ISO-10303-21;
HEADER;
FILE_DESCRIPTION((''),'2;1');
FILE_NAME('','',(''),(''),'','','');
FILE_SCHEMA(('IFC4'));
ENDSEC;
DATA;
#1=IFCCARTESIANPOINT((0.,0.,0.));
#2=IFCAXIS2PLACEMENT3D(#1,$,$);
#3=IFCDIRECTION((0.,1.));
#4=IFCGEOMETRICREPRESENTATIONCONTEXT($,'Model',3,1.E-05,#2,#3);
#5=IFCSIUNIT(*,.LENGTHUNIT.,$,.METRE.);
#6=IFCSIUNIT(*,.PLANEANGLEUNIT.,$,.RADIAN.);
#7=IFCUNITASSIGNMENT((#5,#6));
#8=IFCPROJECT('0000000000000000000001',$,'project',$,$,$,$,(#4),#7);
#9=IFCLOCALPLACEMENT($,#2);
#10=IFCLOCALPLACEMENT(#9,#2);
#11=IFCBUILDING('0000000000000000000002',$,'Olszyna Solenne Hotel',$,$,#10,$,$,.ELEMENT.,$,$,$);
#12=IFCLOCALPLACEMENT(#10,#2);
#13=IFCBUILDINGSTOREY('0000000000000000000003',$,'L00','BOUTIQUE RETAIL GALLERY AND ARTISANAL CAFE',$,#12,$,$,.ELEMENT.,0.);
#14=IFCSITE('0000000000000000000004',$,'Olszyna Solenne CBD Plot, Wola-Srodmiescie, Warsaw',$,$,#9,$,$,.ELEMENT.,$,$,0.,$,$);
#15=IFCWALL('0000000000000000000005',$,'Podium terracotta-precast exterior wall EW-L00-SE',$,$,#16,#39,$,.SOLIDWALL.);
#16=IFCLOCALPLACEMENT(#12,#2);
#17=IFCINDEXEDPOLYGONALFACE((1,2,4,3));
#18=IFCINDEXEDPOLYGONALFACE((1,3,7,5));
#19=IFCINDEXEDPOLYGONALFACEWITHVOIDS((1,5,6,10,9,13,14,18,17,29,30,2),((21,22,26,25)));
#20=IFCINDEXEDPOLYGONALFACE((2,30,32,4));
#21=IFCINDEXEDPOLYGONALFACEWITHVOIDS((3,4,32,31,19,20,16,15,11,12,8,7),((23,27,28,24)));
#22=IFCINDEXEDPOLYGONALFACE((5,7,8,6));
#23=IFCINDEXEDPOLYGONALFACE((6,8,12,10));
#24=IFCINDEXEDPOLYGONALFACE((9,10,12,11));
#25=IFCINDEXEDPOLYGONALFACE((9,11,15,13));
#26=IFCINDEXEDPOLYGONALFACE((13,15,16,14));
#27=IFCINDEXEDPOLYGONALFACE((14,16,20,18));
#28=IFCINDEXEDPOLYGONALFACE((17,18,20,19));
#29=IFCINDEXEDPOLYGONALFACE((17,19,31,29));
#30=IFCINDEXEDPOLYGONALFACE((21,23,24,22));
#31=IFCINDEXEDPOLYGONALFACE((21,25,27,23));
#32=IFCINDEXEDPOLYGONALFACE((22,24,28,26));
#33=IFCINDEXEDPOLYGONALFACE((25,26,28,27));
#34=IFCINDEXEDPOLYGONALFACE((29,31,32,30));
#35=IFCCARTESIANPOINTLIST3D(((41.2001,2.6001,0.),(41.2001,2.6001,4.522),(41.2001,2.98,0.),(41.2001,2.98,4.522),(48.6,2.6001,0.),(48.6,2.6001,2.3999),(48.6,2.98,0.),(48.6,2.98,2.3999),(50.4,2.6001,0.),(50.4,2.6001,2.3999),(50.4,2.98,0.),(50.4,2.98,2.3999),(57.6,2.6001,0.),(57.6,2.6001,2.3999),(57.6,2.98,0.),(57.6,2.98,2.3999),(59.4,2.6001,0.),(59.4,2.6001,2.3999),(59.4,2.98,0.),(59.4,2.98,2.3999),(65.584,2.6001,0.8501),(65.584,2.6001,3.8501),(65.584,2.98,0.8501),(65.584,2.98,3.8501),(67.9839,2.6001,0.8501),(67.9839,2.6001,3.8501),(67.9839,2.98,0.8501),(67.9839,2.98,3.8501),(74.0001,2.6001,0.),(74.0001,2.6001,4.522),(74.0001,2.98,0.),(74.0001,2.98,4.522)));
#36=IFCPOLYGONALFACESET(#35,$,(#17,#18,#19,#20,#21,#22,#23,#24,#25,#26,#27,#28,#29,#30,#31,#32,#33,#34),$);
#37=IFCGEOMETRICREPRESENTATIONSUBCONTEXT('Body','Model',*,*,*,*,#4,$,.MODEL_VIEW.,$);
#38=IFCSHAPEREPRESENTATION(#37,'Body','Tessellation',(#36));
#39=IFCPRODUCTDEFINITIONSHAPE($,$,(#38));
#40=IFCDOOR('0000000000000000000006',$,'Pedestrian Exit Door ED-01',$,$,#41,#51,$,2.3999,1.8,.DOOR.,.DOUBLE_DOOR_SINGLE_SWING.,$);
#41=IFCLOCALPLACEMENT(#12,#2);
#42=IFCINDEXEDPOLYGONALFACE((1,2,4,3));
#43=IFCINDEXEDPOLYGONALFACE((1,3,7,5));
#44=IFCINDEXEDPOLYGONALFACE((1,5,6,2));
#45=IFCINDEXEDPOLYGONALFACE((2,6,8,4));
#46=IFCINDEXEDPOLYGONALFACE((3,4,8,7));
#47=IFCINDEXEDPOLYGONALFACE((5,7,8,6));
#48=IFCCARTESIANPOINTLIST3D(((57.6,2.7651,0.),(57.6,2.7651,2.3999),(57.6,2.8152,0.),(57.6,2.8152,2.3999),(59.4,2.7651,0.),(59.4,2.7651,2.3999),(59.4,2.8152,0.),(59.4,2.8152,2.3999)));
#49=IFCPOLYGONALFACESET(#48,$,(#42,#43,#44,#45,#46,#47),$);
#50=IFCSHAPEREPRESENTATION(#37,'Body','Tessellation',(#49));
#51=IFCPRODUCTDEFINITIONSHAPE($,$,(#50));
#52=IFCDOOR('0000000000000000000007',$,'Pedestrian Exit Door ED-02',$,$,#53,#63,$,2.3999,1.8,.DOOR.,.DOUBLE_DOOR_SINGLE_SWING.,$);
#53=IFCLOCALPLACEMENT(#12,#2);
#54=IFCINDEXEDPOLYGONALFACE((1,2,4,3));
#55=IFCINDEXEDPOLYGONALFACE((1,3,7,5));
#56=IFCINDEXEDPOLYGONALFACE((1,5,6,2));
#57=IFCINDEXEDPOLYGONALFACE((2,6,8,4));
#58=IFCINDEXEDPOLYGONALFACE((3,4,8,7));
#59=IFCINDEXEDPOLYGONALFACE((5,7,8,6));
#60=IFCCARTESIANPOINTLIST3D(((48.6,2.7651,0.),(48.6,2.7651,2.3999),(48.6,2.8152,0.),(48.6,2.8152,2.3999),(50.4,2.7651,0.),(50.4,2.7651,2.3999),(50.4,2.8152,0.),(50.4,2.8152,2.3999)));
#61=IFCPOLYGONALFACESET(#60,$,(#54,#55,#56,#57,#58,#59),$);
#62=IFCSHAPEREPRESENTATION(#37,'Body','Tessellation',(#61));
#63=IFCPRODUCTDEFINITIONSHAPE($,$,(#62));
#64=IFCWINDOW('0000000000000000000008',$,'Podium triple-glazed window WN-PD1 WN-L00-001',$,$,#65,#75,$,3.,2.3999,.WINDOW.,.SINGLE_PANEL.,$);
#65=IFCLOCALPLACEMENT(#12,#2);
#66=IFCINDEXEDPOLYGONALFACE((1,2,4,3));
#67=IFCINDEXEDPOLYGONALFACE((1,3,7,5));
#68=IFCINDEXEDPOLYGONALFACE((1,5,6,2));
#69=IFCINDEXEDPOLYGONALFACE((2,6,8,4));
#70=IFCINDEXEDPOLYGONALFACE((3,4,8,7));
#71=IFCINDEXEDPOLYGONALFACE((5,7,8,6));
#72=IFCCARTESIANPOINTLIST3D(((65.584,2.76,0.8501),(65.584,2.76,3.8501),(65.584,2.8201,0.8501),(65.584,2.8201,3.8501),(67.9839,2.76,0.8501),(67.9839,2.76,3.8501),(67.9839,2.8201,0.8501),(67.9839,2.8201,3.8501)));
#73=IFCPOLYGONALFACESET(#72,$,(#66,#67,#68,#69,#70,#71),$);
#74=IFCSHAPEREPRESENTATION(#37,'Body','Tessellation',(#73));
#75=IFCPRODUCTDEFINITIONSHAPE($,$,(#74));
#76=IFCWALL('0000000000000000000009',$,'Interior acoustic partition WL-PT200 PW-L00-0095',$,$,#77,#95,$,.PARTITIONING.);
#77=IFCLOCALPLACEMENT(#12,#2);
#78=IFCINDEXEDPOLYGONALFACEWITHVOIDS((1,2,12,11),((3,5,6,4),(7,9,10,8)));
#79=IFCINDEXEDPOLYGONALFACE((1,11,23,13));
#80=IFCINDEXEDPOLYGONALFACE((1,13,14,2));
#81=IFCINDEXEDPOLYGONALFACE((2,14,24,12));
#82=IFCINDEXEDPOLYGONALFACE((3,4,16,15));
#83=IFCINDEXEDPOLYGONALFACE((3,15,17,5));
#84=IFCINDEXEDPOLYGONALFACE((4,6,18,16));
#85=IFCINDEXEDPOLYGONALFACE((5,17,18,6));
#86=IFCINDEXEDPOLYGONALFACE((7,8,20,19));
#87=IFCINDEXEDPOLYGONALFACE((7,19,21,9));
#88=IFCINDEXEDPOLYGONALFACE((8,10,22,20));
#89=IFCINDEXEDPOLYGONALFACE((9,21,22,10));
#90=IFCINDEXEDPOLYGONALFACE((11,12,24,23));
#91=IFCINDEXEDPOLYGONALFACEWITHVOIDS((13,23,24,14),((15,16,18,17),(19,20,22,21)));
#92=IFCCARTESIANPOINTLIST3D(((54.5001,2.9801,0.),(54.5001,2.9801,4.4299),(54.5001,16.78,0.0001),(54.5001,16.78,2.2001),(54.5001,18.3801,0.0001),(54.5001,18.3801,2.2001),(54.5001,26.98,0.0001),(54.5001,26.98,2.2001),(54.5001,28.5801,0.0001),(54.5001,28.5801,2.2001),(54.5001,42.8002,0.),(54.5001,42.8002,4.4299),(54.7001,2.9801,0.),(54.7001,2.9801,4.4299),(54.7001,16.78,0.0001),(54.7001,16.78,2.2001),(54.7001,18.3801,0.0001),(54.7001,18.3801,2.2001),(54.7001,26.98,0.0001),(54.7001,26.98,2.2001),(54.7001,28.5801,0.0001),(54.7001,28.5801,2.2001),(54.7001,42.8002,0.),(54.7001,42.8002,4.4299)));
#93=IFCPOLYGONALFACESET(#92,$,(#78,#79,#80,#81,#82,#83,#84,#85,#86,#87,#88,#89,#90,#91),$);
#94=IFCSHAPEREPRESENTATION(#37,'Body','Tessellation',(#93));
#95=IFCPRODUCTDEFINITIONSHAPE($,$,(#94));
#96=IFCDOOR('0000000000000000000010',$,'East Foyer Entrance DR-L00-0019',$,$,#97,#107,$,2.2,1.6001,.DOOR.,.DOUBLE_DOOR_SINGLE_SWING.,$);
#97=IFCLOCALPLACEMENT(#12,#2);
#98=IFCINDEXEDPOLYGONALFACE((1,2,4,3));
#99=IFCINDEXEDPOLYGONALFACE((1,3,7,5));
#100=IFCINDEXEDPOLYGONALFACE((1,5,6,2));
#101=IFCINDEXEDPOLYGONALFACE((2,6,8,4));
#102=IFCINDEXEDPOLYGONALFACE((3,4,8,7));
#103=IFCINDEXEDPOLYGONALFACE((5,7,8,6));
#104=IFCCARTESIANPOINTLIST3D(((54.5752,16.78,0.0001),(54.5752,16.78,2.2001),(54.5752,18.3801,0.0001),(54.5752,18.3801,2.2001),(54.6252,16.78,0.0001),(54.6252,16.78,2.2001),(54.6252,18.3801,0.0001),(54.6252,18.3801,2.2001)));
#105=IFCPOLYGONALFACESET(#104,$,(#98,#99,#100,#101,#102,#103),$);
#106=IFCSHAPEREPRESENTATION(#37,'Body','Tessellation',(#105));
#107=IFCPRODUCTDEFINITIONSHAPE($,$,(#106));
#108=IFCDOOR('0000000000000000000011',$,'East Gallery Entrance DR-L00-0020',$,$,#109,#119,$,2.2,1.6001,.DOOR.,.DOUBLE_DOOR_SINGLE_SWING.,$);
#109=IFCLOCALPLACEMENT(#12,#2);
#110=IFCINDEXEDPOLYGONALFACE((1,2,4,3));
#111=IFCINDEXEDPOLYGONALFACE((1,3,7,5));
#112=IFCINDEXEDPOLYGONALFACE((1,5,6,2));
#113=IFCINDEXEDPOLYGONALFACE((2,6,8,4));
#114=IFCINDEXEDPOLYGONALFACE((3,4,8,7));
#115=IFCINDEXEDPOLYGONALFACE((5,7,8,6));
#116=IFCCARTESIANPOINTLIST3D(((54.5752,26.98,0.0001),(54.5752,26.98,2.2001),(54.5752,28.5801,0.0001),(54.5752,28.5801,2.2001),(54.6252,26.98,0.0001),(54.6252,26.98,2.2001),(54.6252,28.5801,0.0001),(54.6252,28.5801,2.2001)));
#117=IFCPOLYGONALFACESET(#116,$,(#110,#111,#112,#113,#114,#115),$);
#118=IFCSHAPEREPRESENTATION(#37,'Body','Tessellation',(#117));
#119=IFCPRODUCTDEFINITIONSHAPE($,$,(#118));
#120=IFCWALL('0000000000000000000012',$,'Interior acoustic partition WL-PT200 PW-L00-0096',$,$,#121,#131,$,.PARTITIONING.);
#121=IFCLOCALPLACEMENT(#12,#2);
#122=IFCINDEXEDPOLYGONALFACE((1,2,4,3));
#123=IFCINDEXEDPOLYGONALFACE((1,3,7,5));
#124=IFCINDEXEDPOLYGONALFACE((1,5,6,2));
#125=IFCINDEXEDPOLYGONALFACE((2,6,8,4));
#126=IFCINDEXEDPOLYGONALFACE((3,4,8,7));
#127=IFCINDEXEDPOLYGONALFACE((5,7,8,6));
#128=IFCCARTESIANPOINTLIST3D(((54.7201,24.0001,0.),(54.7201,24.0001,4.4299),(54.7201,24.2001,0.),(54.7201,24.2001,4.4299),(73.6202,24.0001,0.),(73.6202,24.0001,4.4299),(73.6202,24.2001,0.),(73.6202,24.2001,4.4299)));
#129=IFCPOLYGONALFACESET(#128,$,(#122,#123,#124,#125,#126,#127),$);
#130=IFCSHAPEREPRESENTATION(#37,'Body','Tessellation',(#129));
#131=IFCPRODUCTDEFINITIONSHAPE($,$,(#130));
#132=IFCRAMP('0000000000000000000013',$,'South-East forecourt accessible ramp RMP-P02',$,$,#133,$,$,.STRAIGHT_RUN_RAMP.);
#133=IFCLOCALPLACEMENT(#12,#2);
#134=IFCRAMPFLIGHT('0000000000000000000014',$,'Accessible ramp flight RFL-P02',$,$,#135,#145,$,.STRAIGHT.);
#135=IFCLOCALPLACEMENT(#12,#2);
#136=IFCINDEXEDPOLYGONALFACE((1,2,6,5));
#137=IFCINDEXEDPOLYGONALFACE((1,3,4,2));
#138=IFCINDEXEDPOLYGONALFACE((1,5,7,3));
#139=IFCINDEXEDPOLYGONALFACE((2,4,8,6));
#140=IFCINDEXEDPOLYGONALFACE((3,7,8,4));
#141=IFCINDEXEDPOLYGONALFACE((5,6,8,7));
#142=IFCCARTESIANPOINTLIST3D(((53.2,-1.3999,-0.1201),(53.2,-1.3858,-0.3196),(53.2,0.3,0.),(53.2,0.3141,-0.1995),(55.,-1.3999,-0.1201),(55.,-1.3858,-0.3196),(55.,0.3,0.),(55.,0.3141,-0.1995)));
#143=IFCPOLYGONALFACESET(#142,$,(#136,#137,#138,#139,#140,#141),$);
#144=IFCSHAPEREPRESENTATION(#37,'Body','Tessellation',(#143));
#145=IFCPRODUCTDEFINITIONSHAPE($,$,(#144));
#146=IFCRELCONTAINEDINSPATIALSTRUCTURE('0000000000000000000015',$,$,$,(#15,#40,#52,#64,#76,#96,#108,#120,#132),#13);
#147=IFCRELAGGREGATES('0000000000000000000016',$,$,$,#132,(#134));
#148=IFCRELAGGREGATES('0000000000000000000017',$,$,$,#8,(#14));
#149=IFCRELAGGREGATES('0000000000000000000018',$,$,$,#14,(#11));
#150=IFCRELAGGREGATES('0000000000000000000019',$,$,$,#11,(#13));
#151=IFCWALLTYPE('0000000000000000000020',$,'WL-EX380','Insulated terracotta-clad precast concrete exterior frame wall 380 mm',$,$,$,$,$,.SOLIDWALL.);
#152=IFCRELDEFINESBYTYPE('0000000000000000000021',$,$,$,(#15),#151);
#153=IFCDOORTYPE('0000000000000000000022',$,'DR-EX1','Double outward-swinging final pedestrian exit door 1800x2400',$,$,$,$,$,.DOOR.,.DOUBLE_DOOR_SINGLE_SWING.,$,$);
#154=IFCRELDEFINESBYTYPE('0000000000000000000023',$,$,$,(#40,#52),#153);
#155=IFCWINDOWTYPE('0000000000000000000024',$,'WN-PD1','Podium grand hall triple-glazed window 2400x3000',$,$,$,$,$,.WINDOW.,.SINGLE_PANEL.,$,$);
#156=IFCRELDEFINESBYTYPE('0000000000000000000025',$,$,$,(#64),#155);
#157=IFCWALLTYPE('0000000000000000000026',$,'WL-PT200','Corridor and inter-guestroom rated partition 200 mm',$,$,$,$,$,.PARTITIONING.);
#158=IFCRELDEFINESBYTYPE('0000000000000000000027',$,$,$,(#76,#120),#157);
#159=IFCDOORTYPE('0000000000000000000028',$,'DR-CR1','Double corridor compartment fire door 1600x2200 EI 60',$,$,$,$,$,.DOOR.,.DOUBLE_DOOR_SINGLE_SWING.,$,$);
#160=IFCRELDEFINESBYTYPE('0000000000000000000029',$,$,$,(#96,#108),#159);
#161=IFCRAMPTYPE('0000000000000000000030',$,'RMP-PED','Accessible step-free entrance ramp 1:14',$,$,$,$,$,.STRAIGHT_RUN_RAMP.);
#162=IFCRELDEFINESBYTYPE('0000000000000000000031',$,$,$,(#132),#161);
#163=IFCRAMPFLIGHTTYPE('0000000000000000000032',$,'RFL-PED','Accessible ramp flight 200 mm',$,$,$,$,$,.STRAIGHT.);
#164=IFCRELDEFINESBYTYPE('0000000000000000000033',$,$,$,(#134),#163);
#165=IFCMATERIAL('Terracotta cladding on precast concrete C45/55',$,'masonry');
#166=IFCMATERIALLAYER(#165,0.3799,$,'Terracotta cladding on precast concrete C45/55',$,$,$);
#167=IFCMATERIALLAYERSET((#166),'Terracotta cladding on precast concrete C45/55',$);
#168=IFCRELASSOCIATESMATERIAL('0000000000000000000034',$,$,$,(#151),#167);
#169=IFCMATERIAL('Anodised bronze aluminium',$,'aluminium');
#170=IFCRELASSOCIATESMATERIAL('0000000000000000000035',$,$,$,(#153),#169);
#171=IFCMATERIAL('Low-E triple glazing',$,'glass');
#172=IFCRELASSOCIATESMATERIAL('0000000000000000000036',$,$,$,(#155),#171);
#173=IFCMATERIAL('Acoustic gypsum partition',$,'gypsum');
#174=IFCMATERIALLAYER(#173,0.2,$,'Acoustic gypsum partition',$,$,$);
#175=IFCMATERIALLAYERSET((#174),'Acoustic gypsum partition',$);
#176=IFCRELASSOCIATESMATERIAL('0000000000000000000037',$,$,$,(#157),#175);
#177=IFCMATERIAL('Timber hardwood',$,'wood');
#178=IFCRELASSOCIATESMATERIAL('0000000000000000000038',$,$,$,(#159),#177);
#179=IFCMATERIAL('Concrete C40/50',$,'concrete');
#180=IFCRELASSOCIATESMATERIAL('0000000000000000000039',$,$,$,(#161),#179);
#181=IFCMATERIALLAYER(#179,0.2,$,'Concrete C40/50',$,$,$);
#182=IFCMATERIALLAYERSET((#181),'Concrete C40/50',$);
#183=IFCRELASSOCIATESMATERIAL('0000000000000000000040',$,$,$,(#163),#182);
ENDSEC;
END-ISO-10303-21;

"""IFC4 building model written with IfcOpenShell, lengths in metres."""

from ifc_helpers import new_model, si_unit, direction, frame, frame_2d, origin, place, context, subcontext, project, spatial, polyline, rectangle, outline, extrude, source, transform, mapped, material, layer, layer_set, type_object, type_shapes, element, fill, aggregate, save


model = new_model("IFC4")

# Units and contexts
model_context = context("Model", 3, precision=1e-05, world=origin(), true_north=direction((0.0, 1.0)))
body_context = subcontext(model_context, "Body", "Model", "MODEL_VIEW")
ifc_project = project(units=[si_unit("LENGTHUNIT", "METRE"), si_unit("PLANEANGLEUNIT", "RADIAN")], contexts=[model_context])

# Site, building, storey
site_placement = place(None, origin())
site = spatial("IfcSite", under=ifc_project, at=site_placement, Name="Olszyna Solenne CBD Plot, Wola-Srodmiescie, Warsaw", CompositionType="ELEMENT", RefElevation=0.0)
building_placement = place(site_placement, origin())
building = spatial("IfcBuilding", under=site, at=building_placement, Name="Olszyna Solenne Hotel", CompositionType="ELEMENT")
storey_placement = place(building_placement, origin())
storey = spatial("IfcBuildingStorey", under=building, at=storey_placement, Name="L00", Description="BOUTIQUE RETAIL GALLERY AND ARTISANAL CAFE", CompositionType="ELEMENT", Elevation=0.0)

# Wall, openings, doors, window
ifc_material_1 = material(Name="Terracotta cladding on precast concrete C45/55", Category="masonry")
ifc_layer_1 = layer(ifc_material_1, 0.3799, Name="Terracotta cladding on precast concrete C45/55")
ifc_layer_set_1 = layer_set([ifc_layer_1], Name="Terracotta cladding on precast concrete C45/55")
wall_type_1 = type_object("IfcWallType", Name="WL-EX380", Description="Insulated terracotta-clad precast concrete exterior frame wall 380 mm", PredefinedType="SOLIDWALL", material=ifc_layer_set_1)
wall_1_placement = place(storey_placement, frame((74.0, 2.79, 0.0), z_axis=(0.0, 0.0, 1.0), x_axis=(-1.0, 0.0, 0.0)))
wall_1 = element("IfcWall", 1, at=wall_1_placement, inside=storey, type_object=wall_type_1, Name="Podium terracotta-precast exterior wall EW-L00-SE", PredefinedType="SOLIDWALL", context=body_context, shape_type="SweptSolid", body=[
    extrude(rectangle(XDim=32.8, YDim=0.3799, at=frame_2d((16.3999, 0.0))), origin(), (0.0, 0.0, 1.0), 4.522),
])
opening_1_placement = place(wall_1_placement, frame((14.6001, 0.0, 0.0)))
opening_1 = element("IfcOpeningElement", 2, at=opening_1_placement, cuts=wall_1, PredefinedType="OPENING", context=body_context, shape_type="SweptSolid", body=[
    extrude(rectangle(XDim=1.8, YDim=2.3999, at=frame_2d((0.8999, 1.2))), frame((0.0, 0.2, 0.0), z_axis=(0.0, -1.0, 0.0), x_axis=(1.0, 0.0, 0.0)), (0.0, 0.0, 1.0), 0.3999),
])
opening_2_placement = place(wall_1_placement, frame((23.6001, 0.0, 0.0)))
opening_2 = element("IfcOpeningElement", 3, at=opening_2_placement, cuts=wall_1, PredefinedType="OPENING", context=body_context, shape_type="SweptSolid", body=[
    extrude(rectangle(XDim=1.8, YDim=2.3999, at=frame_2d((0.8999, 1.2))), frame((0.0, 0.2, 0.0), z_axis=(0.0, -1.0, 0.0), x_axis=(1.0, 0.0, 0.0)), (0.0, 0.0, 1.0), 0.3999),
])
opening_3_placement = place(wall_1_placement, frame((6.0161, 0.0, 0.8501)))
opening_3 = element("IfcOpeningElement", 4, at=opening_3_placement, cuts=wall_1, PredefinedType="OPENING", context=body_context, shape_type="SweptSolid", body=[
    extrude(rectangle(XDim=2.3999, YDim=3.0, at=frame_2d((1.2, 1.5))), frame((0.0, 0.2, 0.0), z_axis=(0.0, -1.0, 0.0), x_axis=(1.0, 0.0, 0.0)), (0.0, 0.0, 1.0), 0.3999),
])
ifc_material_2 = material(Name="Anodised bronze aluminium", Category="aluminium")
door_type_1 = type_object("IfcDoorType", Name="DR-EX1", Description="Double outward-swinging final pedestrian exit door 1800x2400", OperationType="DOUBLE_DOOR_SINGLE_SWING", PredefinedType="DOOR", material=ifc_material_2)
shared_shape_1 = source(origin(), body_context, "Body", "SweptSolid", [
    extrude(rectangle(XDim=1.8, YDim=2.3999, at=frame_2d((0.8999, 1.2))), frame((0.0, 0.0249, 0.0), z_axis=(0.0, -1.0, 0.0), x_axis=(1.0, 0.0, 0.0)), (0.0, 0.0, 1.0), 0.05),
])
type_shapes(door_type_1, [shared_shape_1])
door_1_placement = place(opening_1_placement, origin())
door_1 = element("IfcDoor", 5, at=door_1_placement, inside=storey, type_object=door_type_1, Name="Pedestrian Exit Door ED-01", OperationType="DOUBLE_DOOR_SINGLE_SWING", OverallHeight=2.3999, OverallWidth=1.8, PredefinedType="DOOR", context=body_context, shape_type="MappedRepresentation", body=[
    mapped(shared_shape_1, transform((0.0, 0.0, 0.0), x_axis=(1.0, 0.0, 0.0), y_axis=(0.0, 1.0, 0.0), z_axis=(0.0, 0.0, 1.0), scale=1.0)),
])
fill(opening_1, door_1)
door_2_placement = place(opening_2_placement, origin())
door_2 = element("IfcDoor", 6, at=door_2_placement, inside=storey, type_object=door_type_1, Name="Pedestrian Exit Door ED-02", OperationType="DOUBLE_DOOR_SINGLE_SWING", OverallHeight=2.3999, OverallWidth=1.8, PredefinedType="DOOR", context=body_context, shape_type="MappedRepresentation", body=[
    mapped(shared_shape_1, transform((0.0, 0.0, 0.0), x_axis=(1.0, 0.0, 0.0), y_axis=(0.0, 1.0, 0.0), z_axis=(0.0, 0.0, 1.0), scale=1.0)),
])
fill(opening_2, door_2)
ifc_material_3 = material(Name="Low-E triple glazing", Category="glass")
window_type = type_object("IfcWindowType", Name="WN-PD1", Description="Podium grand hall triple-glazed window 2400x3000", PartitioningType="SINGLE_PANEL", PredefinedType="WINDOW", material=ifc_material_3)
shared_shape_2 = source(origin(), body_context, "Body", "SweptSolid", [
    extrude(rectangle(XDim=2.3999, YDim=3.0, at=frame_2d((1.2, 1.5))), frame((0.0, 0.03, 0.0), z_axis=(0.0, -1.0, 0.0), x_axis=(1.0, 0.0, 0.0)), (0.0, 0.0, 1.0), 0.0601),
])
type_shapes(window_type, [shared_shape_2])
window_placement = place(opening_3_placement, origin())
window = element("IfcWindow", 7, at=window_placement, inside=storey, type_object=window_type, Name="Podium triple-glazed window WN-PD1 WN-L00-001", OverallHeight=3.0, OverallWidth=2.3999, PartitioningType="SINGLE_PANEL", PredefinedType="WINDOW", context=body_context, shape_type="MappedRepresentation", body=[
    mapped(shared_shape_2, transform((0.0, 0.0, 0.0), x_axis=(1.0, 0.0, 0.0), y_axis=(0.0, 1.0, 0.0), z_axis=(0.0, 0.0, 1.0), scale=1.0)),
])
fill(opening_3, window)

# Wall, openings, doors
ifc_material_4 = material(Name="Acoustic gypsum partition", Category="gypsum")
ifc_layer_2 = layer(ifc_material_4, 0.2, Name="Acoustic gypsum partition")
ifc_layer_set_2 = layer_set([ifc_layer_2], Name="Acoustic gypsum partition")
wall_type_2 = type_object("IfcWallType", Name="WL-PT200", Description="Corridor and inter-guestroom rated partition 200 mm", PredefinedType="PARTITIONING", material=ifc_layer_set_2)
wall_2_placement = place(storey_placement, frame((54.6001, 2.98, 0.0), z_axis=(0.0, 0.0, 1.0), x_axis=(0.0, 1.0, 0.0)))
wall_2 = element("IfcWall", 8, at=wall_2_placement, inside=storey, type_object=wall_type_2, Name="Interior acoustic partition WL-PT200 PW-L00-0095", PredefinedType="PARTITIONING", context=body_context, shape_type="SweptSolid", body=[
    extrude(rectangle(XDim=39.8201, YDim=0.2, at=frame_2d((19.9102, 0.0))), origin(), (0.0, 0.0, 1.0), 4.4299),
])
opening_4_placement = place(wall_2_placement, frame((13.8, 0.0, 0.0)))
opening_4 = element("IfcOpeningElement", 9, at=opening_4_placement, cuts=wall_2, PredefinedType="OPENING", context=body_context, shape_type="SweptSolid", body=[
    extrude(rectangle(XDim=1.6001, YDim=2.2, at=frame_2d((0.8, 1.1001))), frame((0.0, 0.1099, 0.0), z_axis=(0.0, -1.0, 0.0), x_axis=(1.0, 0.0, 0.0)), (0.0, 0.0, 1.0), 0.22),
])
opening_5_placement = place(wall_2_placement, frame((24.0, 0.0, 0.0)))
opening_5 = element("IfcOpeningElement", 10, at=opening_5_placement, cuts=wall_2, PredefinedType="OPENING", context=body_context, shape_type="SweptSolid", body=[
    extrude(rectangle(XDim=1.6001, YDim=2.2, at=frame_2d((0.8, 1.1001))), frame((0.0, 0.1099, 0.0), z_axis=(0.0, -1.0, 0.0), x_axis=(1.0, 0.0, 0.0)), (0.0, 0.0, 1.0), 0.22),
])
ifc_material_5 = material(Name="Timber hardwood", Category="wood")
door_type_2 = type_object("IfcDoorType", Name="DR-CR1", Description="Double corridor compartment fire door 1600x2200 EI 60", OperationType="DOUBLE_DOOR_SINGLE_SWING", PredefinedType="DOOR", material=ifc_material_5)
shared_shape_3 = source(origin(), body_context, "Body", "SweptSolid", [
    extrude(rectangle(XDim=1.6001, YDim=2.2, at=frame_2d((0.8, 1.1001))), frame((0.0, 0.0249, 0.0), z_axis=(0.0, -1.0, 0.0), x_axis=(1.0, 0.0, 0.0)), (0.0, 0.0, 1.0), 0.05),
])
type_shapes(door_type_2, [shared_shape_3])
door_3_placement = place(opening_4_placement, origin())
door_3 = element("IfcDoor", 11, at=door_3_placement, inside=storey, type_object=door_type_2, Name="East Foyer Entrance DR-L00-0019", OperationType="DOUBLE_DOOR_SINGLE_SWING", OverallHeight=2.2, OverallWidth=1.6001, PredefinedType="DOOR", context=body_context, shape_type="MappedRepresentation", body=[
    mapped(shared_shape_3, transform((0.0, 0.0, 0.0), x_axis=(1.0, 0.0, 0.0), y_axis=(0.0, 1.0, 0.0), z_axis=(0.0, 0.0, 1.0), scale=1.0)),
])
fill(opening_4, door_3)
door_4_placement = place(opening_5_placement, origin())
door_4 = element("IfcDoor", 12, at=door_4_placement, inside=storey, type_object=door_type_2, Name="East Gallery Entrance DR-L00-0020", OperationType="DOUBLE_DOOR_SINGLE_SWING", OverallHeight=2.2, OverallWidth=1.6001, PredefinedType="DOOR", context=body_context, shape_type="MappedRepresentation", body=[
    mapped(shared_shape_3, transform((0.0, 0.0, 0.0), x_axis=(1.0, 0.0, 0.0), y_axis=(0.0, 1.0, 0.0), z_axis=(0.0, 0.0, 1.0), scale=1.0)),
])
fill(opening_5, door_4)

# Wall
wall_3_placement = place(storey_placement, frame((54.72, 24.1001, 0.0), z_axis=(0.0, 0.0, 1.0), x_axis=(1.0, 0.0, 0.0)))
element("IfcWall", 13, at=wall_3_placement, inside=storey, type_object=wall_type_2, Name="Interior acoustic partition WL-PT200 PW-L00-0096", PredefinedType="PARTITIONING", context=body_context, shape_type="SweptSolid", body=[
    extrude(rectangle(XDim=18.9001, YDim=0.2, at=frame_2d((9.4502, 0.0))), origin(), (0.0, 0.0, 1.0), 4.4299),
])

# Ramp, ramp flight
ifc_material_6 = material(Name="Concrete C40/50", Category="concrete")
ramp_type = type_object("IfcRampType", Name="RMP-PED", Description="Accessible step-free entrance ramp 1:14", PredefinedType="STRAIGHT_RUN_RAMP", material=ifc_material_6)
ramp_placement = place(storey_placement, origin())
ramp = element("IfcRamp", 14, at=ramp_placement, inside=storey, type_object=ramp_type, Name="South-East forecourt accessible ramp RMP-P02", PredefinedType="STRAIGHT_RUN_RAMP")
ifc_layer_3 = layer(ifc_material_6, 0.2, Name="Concrete C40/50")
ifc_layer_set_3 = layer_set([ifc_layer_3], Name="Concrete C40/50")
ramp_flight_type = type_object("IfcRampFlightType", Name="RFL-PED", Description="Accessible ramp flight 200 mm", PredefinedType="STRAIGHT", material=ifc_layer_set_3)
ramp_flight_placement = place(storey_placement, frame((53.2, -1.3999, -0.1201), z_axis=(0.0, -0.070483, 0.997513), x_axis=(1.0, 0.0, 0.0)))
ramp_flight = element("IfcRampFlight", 15, at=ramp_flight_placement, type_object=ramp_flight_type, Name="Accessible ramp flight RFL-P02", PredefinedType="STRAIGHT", context=body_context, shape_type="SweptSolid", body=[
    extrude(outline(polyline([(0.0, 0.0), (1.8, 0.0), (1.8, 1.7042), (0.0, 1.7042), (0.0, 0.0)])), origin(), (0.0, 0.0, -1.0), 0.2),
])
aggregate(ramp, [ramp_flight])

save(model, "model.ifc")
